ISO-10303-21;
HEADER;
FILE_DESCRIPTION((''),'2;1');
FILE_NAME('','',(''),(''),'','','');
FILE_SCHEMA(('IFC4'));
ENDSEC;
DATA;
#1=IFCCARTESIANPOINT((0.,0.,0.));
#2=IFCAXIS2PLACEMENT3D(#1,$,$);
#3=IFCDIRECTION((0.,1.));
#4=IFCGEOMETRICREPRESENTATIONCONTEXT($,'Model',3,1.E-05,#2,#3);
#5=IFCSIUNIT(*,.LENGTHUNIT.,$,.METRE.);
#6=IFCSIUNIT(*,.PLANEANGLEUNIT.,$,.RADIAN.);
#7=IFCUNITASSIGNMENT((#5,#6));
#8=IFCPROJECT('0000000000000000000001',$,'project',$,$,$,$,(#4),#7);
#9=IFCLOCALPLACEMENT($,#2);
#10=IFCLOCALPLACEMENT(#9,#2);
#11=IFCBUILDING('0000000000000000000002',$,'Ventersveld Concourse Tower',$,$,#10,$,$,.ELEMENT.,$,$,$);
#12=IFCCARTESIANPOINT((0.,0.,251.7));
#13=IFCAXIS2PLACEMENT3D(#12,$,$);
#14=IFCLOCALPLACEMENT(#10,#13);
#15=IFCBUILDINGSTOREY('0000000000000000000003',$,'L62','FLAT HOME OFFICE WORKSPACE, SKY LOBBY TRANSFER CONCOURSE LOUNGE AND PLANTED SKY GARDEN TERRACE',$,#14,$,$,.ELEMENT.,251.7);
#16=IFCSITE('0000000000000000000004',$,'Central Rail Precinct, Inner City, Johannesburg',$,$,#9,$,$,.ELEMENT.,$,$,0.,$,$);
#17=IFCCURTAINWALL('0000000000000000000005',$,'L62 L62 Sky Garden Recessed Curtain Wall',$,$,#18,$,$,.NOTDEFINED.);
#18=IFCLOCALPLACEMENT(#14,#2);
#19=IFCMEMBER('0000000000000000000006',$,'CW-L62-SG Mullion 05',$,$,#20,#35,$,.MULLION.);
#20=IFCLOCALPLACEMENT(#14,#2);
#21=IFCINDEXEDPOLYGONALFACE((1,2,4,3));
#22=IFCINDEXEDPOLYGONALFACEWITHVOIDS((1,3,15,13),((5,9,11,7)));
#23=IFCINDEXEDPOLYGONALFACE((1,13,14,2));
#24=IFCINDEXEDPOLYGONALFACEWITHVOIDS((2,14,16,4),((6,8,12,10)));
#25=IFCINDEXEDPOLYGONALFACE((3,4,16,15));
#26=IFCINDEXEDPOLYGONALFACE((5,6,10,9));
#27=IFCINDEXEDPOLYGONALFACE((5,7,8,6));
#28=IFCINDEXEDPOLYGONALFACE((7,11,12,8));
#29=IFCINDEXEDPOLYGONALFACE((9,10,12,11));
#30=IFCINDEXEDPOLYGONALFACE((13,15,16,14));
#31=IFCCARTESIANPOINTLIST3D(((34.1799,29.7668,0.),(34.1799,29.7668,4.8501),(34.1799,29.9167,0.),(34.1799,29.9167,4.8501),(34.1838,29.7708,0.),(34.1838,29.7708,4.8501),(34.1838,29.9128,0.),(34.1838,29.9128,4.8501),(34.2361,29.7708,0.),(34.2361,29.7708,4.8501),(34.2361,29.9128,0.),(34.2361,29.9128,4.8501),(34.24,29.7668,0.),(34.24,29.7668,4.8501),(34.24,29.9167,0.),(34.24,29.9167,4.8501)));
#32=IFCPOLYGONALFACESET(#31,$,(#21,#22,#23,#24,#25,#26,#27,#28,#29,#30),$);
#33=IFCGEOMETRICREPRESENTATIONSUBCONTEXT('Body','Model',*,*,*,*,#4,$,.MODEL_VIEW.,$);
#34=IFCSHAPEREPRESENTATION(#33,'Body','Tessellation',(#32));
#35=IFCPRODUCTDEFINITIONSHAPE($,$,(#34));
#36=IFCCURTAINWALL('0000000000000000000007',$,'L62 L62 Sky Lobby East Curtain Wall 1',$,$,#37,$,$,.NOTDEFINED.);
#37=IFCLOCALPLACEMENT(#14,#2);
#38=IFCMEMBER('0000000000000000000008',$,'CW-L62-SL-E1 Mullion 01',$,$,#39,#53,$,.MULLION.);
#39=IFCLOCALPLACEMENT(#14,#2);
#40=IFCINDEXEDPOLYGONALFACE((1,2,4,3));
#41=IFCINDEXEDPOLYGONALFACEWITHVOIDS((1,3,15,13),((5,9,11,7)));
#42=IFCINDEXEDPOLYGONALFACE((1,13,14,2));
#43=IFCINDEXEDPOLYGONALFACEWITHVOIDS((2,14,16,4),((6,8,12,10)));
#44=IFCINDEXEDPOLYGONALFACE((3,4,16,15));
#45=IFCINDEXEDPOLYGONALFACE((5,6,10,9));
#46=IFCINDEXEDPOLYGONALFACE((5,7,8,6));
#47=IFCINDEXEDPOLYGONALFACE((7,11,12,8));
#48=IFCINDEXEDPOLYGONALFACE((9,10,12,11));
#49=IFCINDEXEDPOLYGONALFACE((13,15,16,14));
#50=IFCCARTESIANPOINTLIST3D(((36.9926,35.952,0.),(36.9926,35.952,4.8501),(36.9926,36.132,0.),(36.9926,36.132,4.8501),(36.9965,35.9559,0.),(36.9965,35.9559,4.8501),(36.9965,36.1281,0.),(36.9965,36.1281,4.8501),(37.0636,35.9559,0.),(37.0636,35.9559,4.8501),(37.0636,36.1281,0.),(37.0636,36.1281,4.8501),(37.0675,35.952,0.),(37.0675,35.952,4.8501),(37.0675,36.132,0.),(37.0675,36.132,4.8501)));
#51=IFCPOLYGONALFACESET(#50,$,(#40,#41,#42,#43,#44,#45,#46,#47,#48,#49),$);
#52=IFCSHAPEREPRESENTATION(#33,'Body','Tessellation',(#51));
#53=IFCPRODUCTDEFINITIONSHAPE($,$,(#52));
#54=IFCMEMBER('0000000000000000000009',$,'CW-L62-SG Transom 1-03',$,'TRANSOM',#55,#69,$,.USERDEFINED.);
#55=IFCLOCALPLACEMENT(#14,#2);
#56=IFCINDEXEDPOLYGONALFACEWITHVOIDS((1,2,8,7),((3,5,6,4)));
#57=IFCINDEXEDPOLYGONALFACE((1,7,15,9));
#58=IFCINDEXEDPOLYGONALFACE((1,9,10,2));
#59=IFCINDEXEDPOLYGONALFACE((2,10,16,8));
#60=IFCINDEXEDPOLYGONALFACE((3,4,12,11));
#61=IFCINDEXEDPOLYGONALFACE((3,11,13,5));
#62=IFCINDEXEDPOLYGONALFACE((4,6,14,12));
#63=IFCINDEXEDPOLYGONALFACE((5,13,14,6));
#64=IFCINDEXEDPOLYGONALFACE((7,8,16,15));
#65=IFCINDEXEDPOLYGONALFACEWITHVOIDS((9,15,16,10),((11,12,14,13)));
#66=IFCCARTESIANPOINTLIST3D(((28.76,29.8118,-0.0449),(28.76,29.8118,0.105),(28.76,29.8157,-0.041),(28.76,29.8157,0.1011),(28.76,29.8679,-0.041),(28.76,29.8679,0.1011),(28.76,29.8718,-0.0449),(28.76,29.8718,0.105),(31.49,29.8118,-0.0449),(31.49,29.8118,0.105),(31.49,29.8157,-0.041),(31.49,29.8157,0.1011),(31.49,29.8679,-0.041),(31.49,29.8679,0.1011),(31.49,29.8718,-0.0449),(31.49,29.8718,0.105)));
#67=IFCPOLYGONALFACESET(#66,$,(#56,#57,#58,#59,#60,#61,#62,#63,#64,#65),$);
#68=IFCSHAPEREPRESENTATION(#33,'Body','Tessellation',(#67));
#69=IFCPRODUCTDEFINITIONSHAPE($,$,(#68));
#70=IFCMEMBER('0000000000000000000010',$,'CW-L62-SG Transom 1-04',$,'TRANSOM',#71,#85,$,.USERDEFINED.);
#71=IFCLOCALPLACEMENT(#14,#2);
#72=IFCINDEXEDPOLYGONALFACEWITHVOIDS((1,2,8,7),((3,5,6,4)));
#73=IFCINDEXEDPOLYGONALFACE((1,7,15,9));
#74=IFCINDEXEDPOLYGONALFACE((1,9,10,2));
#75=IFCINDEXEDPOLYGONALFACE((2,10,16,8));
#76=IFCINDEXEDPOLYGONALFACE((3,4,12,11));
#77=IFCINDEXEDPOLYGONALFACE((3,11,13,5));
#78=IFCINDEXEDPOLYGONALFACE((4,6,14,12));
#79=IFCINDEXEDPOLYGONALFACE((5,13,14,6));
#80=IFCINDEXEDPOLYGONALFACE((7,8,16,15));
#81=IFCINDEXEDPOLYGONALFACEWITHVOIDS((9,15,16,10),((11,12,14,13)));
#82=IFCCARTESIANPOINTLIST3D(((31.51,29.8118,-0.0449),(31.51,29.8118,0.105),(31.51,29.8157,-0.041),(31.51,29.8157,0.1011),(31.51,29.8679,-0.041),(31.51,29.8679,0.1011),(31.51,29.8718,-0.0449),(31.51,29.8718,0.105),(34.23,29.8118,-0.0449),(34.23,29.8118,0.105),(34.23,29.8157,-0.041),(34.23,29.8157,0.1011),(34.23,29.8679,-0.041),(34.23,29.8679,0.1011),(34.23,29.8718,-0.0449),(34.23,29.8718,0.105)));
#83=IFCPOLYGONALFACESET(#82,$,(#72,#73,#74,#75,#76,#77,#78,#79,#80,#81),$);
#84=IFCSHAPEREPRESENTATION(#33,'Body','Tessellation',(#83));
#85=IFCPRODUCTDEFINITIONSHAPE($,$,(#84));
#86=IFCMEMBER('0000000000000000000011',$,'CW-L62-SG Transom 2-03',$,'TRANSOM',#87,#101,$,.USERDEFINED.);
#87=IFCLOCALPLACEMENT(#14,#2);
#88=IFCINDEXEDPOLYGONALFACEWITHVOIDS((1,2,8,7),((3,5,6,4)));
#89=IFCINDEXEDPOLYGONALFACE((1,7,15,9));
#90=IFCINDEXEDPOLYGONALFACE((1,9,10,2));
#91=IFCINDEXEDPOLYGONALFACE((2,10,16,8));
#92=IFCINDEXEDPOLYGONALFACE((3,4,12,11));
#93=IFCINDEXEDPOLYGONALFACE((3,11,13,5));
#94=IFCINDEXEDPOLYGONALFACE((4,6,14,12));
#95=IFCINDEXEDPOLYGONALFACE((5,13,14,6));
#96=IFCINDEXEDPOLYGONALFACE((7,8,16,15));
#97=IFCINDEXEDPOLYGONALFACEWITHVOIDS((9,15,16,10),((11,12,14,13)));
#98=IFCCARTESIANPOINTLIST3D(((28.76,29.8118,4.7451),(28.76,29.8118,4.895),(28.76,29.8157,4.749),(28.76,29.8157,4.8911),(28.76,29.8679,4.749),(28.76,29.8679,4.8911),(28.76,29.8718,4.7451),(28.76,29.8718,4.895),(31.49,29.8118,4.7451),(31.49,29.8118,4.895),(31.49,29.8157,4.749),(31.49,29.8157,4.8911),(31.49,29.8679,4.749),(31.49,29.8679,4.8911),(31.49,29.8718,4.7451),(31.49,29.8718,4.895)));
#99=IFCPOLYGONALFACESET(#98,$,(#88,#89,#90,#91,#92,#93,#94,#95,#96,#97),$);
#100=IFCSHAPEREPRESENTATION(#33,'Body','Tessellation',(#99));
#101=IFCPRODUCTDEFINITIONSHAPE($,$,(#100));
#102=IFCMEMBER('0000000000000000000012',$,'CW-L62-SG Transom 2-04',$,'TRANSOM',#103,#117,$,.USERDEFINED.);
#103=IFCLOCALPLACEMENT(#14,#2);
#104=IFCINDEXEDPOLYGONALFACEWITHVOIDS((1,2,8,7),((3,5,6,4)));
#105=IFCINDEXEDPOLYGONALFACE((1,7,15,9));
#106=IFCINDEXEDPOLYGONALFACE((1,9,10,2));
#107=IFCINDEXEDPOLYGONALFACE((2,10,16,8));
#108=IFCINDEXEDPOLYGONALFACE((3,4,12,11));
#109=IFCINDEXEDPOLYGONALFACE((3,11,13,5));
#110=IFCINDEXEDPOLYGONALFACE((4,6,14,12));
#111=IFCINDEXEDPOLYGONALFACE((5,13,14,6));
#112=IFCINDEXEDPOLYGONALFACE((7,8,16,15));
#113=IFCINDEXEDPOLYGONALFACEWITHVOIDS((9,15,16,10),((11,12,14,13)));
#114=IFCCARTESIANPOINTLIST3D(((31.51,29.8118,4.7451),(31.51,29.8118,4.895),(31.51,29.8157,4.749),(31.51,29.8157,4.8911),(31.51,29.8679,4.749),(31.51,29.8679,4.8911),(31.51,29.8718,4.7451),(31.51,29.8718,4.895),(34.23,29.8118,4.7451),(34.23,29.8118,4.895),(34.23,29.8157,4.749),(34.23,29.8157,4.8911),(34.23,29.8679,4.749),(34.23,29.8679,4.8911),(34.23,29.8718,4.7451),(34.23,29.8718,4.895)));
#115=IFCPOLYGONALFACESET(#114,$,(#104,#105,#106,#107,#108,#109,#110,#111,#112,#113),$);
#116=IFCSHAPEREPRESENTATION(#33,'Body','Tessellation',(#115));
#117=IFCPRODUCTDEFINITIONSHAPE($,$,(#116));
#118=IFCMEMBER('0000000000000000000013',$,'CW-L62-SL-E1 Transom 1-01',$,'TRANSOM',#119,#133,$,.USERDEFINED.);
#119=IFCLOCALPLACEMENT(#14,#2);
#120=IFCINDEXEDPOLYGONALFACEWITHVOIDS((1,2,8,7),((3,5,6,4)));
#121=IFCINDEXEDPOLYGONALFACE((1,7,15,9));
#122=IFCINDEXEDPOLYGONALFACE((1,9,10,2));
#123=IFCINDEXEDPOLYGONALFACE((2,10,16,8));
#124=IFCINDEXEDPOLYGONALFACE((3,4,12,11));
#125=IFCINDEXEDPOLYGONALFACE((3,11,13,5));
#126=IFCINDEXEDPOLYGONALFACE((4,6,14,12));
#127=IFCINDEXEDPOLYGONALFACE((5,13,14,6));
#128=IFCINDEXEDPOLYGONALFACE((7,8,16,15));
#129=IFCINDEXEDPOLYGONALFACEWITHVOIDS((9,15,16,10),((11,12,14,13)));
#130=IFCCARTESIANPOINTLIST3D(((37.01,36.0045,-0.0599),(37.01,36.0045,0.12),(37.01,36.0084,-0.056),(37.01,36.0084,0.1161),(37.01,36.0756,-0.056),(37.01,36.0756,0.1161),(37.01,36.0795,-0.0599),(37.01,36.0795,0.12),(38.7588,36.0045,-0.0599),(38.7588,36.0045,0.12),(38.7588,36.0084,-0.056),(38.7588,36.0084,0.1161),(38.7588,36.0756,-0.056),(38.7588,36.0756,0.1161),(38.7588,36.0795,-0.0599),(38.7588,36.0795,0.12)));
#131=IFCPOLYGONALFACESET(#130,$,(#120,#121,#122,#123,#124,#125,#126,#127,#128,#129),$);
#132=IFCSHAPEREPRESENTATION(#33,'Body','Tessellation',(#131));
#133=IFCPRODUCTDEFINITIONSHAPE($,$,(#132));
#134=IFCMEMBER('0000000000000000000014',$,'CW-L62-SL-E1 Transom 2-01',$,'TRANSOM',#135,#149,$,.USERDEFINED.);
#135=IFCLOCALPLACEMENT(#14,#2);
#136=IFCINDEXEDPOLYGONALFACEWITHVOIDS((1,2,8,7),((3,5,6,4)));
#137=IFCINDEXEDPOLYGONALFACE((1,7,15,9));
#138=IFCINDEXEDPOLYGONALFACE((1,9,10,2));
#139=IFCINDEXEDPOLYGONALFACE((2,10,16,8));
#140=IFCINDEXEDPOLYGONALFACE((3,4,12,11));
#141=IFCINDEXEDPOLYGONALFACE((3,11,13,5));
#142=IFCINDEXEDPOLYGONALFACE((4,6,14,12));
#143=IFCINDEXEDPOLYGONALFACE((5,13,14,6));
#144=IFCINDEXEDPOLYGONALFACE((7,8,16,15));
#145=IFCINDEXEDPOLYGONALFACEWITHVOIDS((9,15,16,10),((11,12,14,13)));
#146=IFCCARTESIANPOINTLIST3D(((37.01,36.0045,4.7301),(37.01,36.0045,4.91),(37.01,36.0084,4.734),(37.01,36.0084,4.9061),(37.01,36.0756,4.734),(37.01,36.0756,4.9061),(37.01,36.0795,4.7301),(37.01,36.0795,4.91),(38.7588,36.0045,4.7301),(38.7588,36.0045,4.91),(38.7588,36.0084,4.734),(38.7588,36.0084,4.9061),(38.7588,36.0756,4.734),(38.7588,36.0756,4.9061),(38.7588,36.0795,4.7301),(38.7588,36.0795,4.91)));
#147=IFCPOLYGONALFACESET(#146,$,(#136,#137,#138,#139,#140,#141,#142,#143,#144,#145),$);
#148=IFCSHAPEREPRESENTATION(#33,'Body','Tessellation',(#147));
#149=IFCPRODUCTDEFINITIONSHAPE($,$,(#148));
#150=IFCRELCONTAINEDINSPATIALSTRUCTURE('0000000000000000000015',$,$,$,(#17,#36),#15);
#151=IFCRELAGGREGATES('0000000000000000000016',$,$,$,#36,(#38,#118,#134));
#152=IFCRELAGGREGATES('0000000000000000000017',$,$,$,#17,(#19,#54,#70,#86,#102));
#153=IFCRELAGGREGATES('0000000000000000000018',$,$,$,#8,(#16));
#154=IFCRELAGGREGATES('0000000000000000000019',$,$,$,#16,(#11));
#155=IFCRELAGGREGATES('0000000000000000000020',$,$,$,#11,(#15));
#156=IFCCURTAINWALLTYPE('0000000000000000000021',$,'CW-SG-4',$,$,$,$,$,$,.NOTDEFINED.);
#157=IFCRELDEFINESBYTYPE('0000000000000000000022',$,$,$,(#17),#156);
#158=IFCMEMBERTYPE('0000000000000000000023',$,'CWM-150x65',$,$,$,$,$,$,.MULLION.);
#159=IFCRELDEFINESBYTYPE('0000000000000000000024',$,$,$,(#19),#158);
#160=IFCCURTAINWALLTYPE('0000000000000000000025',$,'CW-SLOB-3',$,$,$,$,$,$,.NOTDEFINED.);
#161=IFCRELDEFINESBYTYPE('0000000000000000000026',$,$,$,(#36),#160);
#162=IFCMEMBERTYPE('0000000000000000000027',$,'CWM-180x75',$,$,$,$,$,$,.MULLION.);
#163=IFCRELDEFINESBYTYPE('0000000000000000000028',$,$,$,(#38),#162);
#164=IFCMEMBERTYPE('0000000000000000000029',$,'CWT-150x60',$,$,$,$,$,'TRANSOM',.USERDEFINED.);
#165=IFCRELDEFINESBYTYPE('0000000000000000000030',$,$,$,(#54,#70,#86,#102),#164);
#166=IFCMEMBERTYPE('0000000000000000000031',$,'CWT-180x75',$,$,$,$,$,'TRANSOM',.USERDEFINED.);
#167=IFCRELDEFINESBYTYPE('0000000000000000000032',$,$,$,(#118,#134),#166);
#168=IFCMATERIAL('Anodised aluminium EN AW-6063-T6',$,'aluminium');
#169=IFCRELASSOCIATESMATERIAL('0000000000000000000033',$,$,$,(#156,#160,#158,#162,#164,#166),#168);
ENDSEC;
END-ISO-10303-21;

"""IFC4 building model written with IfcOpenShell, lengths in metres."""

from ifc_helpers import new_model, si_unit, direction, frame, origin, origin_2d, place, context, subcontext, project, spatial, hollow_rectangle, extrude, material, material_profile, profile_set, type_object, element, aggregate, save


model = new_model("IFC4")

# Units and contexts
model_context = context("Model", 3, precision=1e-05, world=origin(), true_north=direction((0.0, 1.0)))
body_context = subcontext(model_context, "Body", "Model", "MODEL_VIEW")
ifc_project = project(units=[si_unit("LENGTHUNIT", "METRE"), si_unit("PLANEANGLEUNIT", "RADIAN")], contexts=[model_context])

# Site, building, storey
site_placement = place(None, origin())
site = spatial("IfcSite", under=ifc_project, at=site_placement, Name="Central Rail Precinct, Inner City, Johannesburg", CompositionType="ELEMENT", RefElevation=0.0)
building_placement = place(site_placement, origin())
building = spatial("IfcBuilding", under=site, at=building_placement, Name="Ventersveld Concourse Tower", CompositionType="ELEMENT")
storey_placement = place(building_placement, frame((0.0, 0.0, 251.7)))
storey = spatial("IfcBuildingStorey", under=building, at=storey_placement, Name="L62", Description="FLAT HOME OFFICE WORKSPACE, SKY LOBBY TRANSFER CONCOURSE LOUNGE AND PLANTED SKY GARDEN TERRACE", CompositionType="ELEMENT", Elevation=251.7)

# Curtain wall, member
ifc_material_1 = material(Name="Anodised aluminium EN AW-6063-T6", Category="aluminium")
curtain_wall_type_1 = type_object("IfcCurtainWallType", Name="CW-SG-4", PredefinedType="NOTDEFINED", material=ifc_material_1)
curtain_wall_1_placement = place(storey_placement, origin())
curtain_wall_1 = element("IfcCurtainWall", 1, at=curtain_wall_1_placement, inside=storey, type_object=curtain_wall_type_1, Name="L62 L62 Sky Garden Recessed Curtain Wall", PredefinedType="NOTDEFINED")
ifc_material_profile_1 = material_profile(ifc_material_1, hollow_rectangle(XDim=0.0601, YDim=0.1499, WallThickness=0.0039, at=origin_2d()), Name="ALU 150x60x4")
ifc_profile_set_1 = profile_set([ifc_material_profile_1], Name="Anodised aluminium EN AW-6063-T6")
member_type_1 = type_object("IfcMemberType", Name="CWM-150x65", PredefinedType="MULLION", material=ifc_profile_set_1)
member_1_placement = place(storey_placement, frame((34.21, 29.8418, 0.0), z_axis=(0.0, 0.0, 1.0), x_axis=(1.0, 0.0, 0.0)))
member_1 = element("IfcMember", 2, at=member_1_placement, type_object=member_type_1, Name="CW-L62-SG Mullion 05", PredefinedType="MULLION", context=body_context, shape_type="SweptSolid", body=[
    extrude(hollow_rectangle(XDim=0.0601, YDim=0.1499, WallThickness=0.0039, at=origin_2d()), origin(), (0.0, 0.0, 1.0), 4.8501),
])

# Curtain wall, member
curtain_wall_type_2 = type_object("IfcCurtainWallType", Name="CW-SLOB-3", PredefinedType="NOTDEFINED", material=ifc_material_1)
curtain_wall_2_placement = place(storey_placement, origin())
curtain_wall_2 = element("IfcCurtainWall", 3, at=curtain_wall_2_placement, inside=storey, type_object=curtain_wall_type_2, Name="L62 L62 Sky Lobby East Curtain Wall 1", PredefinedType="NOTDEFINED")
ifc_material_profile_2 = material_profile(ifc_material_1, hollow_rectangle(XDim=0.075, YDim=0.1799, WallThickness=0.0039, at=origin_2d()), Name="ALU 180x75x4")
ifc_profile_set_2 = profile_set([ifc_material_profile_2], Name="Anodised aluminium EN AW-6063-T6")
member_type_2 = type_object("IfcMemberType", Name="CWM-180x75", PredefinedType="MULLION", material=ifc_profile_set_2)
member_2_placement = place(storey_placement, frame((37.03, 36.042, 0.0), z_axis=(0.0, 0.0, 1.0), x_axis=(1.0, 0.0, 0.0)))
member_2 = element("IfcMember", 4, at=member_2_placement, type_object=member_type_2, Name="CW-L62-SL-E1 Mullion 01", PredefinedType="MULLION", context=body_context, shape_type="SweptSolid", body=[
    extrude(hollow_rectangle(XDim=0.075, YDim=0.1799, WallThickness=0.0039, at=origin_2d()), origin(), (0.0, 0.0, 1.0), 4.8501),
])

# Members
ifc_material_profile_3 = material_profile(ifc_material_1, hollow_rectangle(XDim=0.0601, YDim=0.1499, WallThickness=0.0039, at=origin_2d()), Name="ALU 150x60x4")
ifc_profile_set_3 = profile_set([ifc_material_profile_3], Name="Anodised aluminium EN AW-6063-T6")
member_type_3 = type_object("IfcMemberType", Name="CWT-150x60", ElementType="TRANSOM", PredefinedType="USERDEFINED", material=ifc_profile_set_3)
member_3_placement = place(storey_placement, frame((28.76, 29.8418, 0.03), z_axis=(1.0, 0.0, 0.0), x_axis=(0.0, 1.0, 0.0)))
member_3 = element("IfcMember", 5, at=member_3_placement, type_object=member_type_3, Name="CW-L62-SG Transom 1-03", ObjectType="TRANSOM", PredefinedType="USERDEFINED", context=body_context, shape_type="SweptSolid", body=[
    extrude(hollow_rectangle(XDim=0.0601, YDim=0.1499, WallThickness=0.0039, at=origin_2d()), origin(), (0.0, 0.0, 1.0), 2.73),
])
member_4_placement = place(storey_placement, frame((31.51, 29.8418, 0.03), z_axis=(1.0, 0.0, 0.0), x_axis=(0.0, 1.0, 0.0)))
member_4 = element("IfcMember", 6, at=member_4_placement, type_object=member_type_3, Name="CW-L62-SG Transom 1-04", ObjectType="TRANSOM", PredefinedType="USERDEFINED", context=body_context, shape_type="SweptSolid", body=[
    extrude(hollow_rectangle(XDim=0.0601, YDim=0.1499, WallThickness=0.0039, at=origin_2d()), origin(), (0.0, 0.0, 1.0), 2.72),
])
member_5_placement = place(storey_placement, frame((28.76, 29.8418, 4.8201), z_axis=(1.0, 0.0, 0.0), x_axis=(0.0, 1.0, 0.0)))
member_5 = element("IfcMember", 7, at=member_5_placement, type_object=member_type_3, Name="CW-L62-SG Transom 2-03", ObjectType="TRANSOM", PredefinedType="USERDEFINED", context=body_context, shape_type="SweptSolid", body=[
    extrude(hollow_rectangle(XDim=0.0601, YDim=0.1499, WallThickness=0.0039, at=origin_2d()), origin(), (0.0, 0.0, 1.0), 2.73),
])
member_6_placement = place(storey_placement, frame((31.51, 29.8418, 4.8201), z_axis=(1.0, 0.0, 0.0), x_axis=(0.0, 1.0, 0.0)))
member_6 = element("IfcMember", 8, at=member_6_placement, type_object=member_type_3, Name="CW-L62-SG Transom 2-04", ObjectType="TRANSOM", PredefinedType="USERDEFINED", context=body_context, shape_type="SweptSolid", body=[
    extrude(hollow_rectangle(XDim=0.0601, YDim=0.1499, WallThickness=0.0039, at=origin_2d()), origin(), (0.0, 0.0, 1.0), 2.72),
])
ifc_material_profile_4 = material_profile(ifc_material_1, hollow_rectangle(XDim=0.075, YDim=0.1799, WallThickness=0.0039, at=origin_2d()), Name="ALU 180x75x4")
ifc_profile_set_4 = profile_set([ifc_material_profile_4], Name="Anodised aluminium EN AW-6063-T6")
member_type_4 = type_object("IfcMemberType", Name="CWT-180x75", ElementType="TRANSOM", PredefinedType="USERDEFINED", material=ifc_profile_set_4)
member_7_placement = place(storey_placement, frame((37.01, 36.042, 0.03), z_axis=(1.0, 0.0, 0.0), x_axis=(0.0, 1.0, 0.0)))
member_7 = element("IfcMember", 9, at=member_7_placement, type_object=member_type_4, Name="CW-L62-SL-E1 Transom 1-01", ObjectType="TRANSOM", PredefinedType="USERDEFINED", context=body_context, shape_type="SweptSolid", body=[
    extrude(hollow_rectangle(XDim=0.075, YDim=0.1799, WallThickness=0.0039, at=origin_2d()), origin(), (0.0, 0.0, 1.0), 1.7488),
])
member_8_placement = place(storey_placement, frame((37.01, 36.042, 4.8201), z_axis=(1.0, 0.0, 0.0), x_axis=(0.0, 1.0, 0.0)))
member_8 = element("IfcMember", 10, at=member_8_placement, type_object=member_type_4, Name="CW-L62-SL-E1 Transom 2-01", ObjectType="TRANSOM", PredefinedType="USERDEFINED", context=body_context, shape_type="SweptSolid", body=[
    extrude(hollow_rectangle(XDim=0.075, YDim=0.1799, WallThickness=0.0039, at=origin_2d()), origin(), (0.0, 0.0, 1.0), 1.7488),
])
aggregate(curtain_wall_2, [member_2, member_7, member_8])

aggregate(curtain_wall_1, [member_1, member_3, member_4, member_5, member_6])

save(model, "model.ifc")
